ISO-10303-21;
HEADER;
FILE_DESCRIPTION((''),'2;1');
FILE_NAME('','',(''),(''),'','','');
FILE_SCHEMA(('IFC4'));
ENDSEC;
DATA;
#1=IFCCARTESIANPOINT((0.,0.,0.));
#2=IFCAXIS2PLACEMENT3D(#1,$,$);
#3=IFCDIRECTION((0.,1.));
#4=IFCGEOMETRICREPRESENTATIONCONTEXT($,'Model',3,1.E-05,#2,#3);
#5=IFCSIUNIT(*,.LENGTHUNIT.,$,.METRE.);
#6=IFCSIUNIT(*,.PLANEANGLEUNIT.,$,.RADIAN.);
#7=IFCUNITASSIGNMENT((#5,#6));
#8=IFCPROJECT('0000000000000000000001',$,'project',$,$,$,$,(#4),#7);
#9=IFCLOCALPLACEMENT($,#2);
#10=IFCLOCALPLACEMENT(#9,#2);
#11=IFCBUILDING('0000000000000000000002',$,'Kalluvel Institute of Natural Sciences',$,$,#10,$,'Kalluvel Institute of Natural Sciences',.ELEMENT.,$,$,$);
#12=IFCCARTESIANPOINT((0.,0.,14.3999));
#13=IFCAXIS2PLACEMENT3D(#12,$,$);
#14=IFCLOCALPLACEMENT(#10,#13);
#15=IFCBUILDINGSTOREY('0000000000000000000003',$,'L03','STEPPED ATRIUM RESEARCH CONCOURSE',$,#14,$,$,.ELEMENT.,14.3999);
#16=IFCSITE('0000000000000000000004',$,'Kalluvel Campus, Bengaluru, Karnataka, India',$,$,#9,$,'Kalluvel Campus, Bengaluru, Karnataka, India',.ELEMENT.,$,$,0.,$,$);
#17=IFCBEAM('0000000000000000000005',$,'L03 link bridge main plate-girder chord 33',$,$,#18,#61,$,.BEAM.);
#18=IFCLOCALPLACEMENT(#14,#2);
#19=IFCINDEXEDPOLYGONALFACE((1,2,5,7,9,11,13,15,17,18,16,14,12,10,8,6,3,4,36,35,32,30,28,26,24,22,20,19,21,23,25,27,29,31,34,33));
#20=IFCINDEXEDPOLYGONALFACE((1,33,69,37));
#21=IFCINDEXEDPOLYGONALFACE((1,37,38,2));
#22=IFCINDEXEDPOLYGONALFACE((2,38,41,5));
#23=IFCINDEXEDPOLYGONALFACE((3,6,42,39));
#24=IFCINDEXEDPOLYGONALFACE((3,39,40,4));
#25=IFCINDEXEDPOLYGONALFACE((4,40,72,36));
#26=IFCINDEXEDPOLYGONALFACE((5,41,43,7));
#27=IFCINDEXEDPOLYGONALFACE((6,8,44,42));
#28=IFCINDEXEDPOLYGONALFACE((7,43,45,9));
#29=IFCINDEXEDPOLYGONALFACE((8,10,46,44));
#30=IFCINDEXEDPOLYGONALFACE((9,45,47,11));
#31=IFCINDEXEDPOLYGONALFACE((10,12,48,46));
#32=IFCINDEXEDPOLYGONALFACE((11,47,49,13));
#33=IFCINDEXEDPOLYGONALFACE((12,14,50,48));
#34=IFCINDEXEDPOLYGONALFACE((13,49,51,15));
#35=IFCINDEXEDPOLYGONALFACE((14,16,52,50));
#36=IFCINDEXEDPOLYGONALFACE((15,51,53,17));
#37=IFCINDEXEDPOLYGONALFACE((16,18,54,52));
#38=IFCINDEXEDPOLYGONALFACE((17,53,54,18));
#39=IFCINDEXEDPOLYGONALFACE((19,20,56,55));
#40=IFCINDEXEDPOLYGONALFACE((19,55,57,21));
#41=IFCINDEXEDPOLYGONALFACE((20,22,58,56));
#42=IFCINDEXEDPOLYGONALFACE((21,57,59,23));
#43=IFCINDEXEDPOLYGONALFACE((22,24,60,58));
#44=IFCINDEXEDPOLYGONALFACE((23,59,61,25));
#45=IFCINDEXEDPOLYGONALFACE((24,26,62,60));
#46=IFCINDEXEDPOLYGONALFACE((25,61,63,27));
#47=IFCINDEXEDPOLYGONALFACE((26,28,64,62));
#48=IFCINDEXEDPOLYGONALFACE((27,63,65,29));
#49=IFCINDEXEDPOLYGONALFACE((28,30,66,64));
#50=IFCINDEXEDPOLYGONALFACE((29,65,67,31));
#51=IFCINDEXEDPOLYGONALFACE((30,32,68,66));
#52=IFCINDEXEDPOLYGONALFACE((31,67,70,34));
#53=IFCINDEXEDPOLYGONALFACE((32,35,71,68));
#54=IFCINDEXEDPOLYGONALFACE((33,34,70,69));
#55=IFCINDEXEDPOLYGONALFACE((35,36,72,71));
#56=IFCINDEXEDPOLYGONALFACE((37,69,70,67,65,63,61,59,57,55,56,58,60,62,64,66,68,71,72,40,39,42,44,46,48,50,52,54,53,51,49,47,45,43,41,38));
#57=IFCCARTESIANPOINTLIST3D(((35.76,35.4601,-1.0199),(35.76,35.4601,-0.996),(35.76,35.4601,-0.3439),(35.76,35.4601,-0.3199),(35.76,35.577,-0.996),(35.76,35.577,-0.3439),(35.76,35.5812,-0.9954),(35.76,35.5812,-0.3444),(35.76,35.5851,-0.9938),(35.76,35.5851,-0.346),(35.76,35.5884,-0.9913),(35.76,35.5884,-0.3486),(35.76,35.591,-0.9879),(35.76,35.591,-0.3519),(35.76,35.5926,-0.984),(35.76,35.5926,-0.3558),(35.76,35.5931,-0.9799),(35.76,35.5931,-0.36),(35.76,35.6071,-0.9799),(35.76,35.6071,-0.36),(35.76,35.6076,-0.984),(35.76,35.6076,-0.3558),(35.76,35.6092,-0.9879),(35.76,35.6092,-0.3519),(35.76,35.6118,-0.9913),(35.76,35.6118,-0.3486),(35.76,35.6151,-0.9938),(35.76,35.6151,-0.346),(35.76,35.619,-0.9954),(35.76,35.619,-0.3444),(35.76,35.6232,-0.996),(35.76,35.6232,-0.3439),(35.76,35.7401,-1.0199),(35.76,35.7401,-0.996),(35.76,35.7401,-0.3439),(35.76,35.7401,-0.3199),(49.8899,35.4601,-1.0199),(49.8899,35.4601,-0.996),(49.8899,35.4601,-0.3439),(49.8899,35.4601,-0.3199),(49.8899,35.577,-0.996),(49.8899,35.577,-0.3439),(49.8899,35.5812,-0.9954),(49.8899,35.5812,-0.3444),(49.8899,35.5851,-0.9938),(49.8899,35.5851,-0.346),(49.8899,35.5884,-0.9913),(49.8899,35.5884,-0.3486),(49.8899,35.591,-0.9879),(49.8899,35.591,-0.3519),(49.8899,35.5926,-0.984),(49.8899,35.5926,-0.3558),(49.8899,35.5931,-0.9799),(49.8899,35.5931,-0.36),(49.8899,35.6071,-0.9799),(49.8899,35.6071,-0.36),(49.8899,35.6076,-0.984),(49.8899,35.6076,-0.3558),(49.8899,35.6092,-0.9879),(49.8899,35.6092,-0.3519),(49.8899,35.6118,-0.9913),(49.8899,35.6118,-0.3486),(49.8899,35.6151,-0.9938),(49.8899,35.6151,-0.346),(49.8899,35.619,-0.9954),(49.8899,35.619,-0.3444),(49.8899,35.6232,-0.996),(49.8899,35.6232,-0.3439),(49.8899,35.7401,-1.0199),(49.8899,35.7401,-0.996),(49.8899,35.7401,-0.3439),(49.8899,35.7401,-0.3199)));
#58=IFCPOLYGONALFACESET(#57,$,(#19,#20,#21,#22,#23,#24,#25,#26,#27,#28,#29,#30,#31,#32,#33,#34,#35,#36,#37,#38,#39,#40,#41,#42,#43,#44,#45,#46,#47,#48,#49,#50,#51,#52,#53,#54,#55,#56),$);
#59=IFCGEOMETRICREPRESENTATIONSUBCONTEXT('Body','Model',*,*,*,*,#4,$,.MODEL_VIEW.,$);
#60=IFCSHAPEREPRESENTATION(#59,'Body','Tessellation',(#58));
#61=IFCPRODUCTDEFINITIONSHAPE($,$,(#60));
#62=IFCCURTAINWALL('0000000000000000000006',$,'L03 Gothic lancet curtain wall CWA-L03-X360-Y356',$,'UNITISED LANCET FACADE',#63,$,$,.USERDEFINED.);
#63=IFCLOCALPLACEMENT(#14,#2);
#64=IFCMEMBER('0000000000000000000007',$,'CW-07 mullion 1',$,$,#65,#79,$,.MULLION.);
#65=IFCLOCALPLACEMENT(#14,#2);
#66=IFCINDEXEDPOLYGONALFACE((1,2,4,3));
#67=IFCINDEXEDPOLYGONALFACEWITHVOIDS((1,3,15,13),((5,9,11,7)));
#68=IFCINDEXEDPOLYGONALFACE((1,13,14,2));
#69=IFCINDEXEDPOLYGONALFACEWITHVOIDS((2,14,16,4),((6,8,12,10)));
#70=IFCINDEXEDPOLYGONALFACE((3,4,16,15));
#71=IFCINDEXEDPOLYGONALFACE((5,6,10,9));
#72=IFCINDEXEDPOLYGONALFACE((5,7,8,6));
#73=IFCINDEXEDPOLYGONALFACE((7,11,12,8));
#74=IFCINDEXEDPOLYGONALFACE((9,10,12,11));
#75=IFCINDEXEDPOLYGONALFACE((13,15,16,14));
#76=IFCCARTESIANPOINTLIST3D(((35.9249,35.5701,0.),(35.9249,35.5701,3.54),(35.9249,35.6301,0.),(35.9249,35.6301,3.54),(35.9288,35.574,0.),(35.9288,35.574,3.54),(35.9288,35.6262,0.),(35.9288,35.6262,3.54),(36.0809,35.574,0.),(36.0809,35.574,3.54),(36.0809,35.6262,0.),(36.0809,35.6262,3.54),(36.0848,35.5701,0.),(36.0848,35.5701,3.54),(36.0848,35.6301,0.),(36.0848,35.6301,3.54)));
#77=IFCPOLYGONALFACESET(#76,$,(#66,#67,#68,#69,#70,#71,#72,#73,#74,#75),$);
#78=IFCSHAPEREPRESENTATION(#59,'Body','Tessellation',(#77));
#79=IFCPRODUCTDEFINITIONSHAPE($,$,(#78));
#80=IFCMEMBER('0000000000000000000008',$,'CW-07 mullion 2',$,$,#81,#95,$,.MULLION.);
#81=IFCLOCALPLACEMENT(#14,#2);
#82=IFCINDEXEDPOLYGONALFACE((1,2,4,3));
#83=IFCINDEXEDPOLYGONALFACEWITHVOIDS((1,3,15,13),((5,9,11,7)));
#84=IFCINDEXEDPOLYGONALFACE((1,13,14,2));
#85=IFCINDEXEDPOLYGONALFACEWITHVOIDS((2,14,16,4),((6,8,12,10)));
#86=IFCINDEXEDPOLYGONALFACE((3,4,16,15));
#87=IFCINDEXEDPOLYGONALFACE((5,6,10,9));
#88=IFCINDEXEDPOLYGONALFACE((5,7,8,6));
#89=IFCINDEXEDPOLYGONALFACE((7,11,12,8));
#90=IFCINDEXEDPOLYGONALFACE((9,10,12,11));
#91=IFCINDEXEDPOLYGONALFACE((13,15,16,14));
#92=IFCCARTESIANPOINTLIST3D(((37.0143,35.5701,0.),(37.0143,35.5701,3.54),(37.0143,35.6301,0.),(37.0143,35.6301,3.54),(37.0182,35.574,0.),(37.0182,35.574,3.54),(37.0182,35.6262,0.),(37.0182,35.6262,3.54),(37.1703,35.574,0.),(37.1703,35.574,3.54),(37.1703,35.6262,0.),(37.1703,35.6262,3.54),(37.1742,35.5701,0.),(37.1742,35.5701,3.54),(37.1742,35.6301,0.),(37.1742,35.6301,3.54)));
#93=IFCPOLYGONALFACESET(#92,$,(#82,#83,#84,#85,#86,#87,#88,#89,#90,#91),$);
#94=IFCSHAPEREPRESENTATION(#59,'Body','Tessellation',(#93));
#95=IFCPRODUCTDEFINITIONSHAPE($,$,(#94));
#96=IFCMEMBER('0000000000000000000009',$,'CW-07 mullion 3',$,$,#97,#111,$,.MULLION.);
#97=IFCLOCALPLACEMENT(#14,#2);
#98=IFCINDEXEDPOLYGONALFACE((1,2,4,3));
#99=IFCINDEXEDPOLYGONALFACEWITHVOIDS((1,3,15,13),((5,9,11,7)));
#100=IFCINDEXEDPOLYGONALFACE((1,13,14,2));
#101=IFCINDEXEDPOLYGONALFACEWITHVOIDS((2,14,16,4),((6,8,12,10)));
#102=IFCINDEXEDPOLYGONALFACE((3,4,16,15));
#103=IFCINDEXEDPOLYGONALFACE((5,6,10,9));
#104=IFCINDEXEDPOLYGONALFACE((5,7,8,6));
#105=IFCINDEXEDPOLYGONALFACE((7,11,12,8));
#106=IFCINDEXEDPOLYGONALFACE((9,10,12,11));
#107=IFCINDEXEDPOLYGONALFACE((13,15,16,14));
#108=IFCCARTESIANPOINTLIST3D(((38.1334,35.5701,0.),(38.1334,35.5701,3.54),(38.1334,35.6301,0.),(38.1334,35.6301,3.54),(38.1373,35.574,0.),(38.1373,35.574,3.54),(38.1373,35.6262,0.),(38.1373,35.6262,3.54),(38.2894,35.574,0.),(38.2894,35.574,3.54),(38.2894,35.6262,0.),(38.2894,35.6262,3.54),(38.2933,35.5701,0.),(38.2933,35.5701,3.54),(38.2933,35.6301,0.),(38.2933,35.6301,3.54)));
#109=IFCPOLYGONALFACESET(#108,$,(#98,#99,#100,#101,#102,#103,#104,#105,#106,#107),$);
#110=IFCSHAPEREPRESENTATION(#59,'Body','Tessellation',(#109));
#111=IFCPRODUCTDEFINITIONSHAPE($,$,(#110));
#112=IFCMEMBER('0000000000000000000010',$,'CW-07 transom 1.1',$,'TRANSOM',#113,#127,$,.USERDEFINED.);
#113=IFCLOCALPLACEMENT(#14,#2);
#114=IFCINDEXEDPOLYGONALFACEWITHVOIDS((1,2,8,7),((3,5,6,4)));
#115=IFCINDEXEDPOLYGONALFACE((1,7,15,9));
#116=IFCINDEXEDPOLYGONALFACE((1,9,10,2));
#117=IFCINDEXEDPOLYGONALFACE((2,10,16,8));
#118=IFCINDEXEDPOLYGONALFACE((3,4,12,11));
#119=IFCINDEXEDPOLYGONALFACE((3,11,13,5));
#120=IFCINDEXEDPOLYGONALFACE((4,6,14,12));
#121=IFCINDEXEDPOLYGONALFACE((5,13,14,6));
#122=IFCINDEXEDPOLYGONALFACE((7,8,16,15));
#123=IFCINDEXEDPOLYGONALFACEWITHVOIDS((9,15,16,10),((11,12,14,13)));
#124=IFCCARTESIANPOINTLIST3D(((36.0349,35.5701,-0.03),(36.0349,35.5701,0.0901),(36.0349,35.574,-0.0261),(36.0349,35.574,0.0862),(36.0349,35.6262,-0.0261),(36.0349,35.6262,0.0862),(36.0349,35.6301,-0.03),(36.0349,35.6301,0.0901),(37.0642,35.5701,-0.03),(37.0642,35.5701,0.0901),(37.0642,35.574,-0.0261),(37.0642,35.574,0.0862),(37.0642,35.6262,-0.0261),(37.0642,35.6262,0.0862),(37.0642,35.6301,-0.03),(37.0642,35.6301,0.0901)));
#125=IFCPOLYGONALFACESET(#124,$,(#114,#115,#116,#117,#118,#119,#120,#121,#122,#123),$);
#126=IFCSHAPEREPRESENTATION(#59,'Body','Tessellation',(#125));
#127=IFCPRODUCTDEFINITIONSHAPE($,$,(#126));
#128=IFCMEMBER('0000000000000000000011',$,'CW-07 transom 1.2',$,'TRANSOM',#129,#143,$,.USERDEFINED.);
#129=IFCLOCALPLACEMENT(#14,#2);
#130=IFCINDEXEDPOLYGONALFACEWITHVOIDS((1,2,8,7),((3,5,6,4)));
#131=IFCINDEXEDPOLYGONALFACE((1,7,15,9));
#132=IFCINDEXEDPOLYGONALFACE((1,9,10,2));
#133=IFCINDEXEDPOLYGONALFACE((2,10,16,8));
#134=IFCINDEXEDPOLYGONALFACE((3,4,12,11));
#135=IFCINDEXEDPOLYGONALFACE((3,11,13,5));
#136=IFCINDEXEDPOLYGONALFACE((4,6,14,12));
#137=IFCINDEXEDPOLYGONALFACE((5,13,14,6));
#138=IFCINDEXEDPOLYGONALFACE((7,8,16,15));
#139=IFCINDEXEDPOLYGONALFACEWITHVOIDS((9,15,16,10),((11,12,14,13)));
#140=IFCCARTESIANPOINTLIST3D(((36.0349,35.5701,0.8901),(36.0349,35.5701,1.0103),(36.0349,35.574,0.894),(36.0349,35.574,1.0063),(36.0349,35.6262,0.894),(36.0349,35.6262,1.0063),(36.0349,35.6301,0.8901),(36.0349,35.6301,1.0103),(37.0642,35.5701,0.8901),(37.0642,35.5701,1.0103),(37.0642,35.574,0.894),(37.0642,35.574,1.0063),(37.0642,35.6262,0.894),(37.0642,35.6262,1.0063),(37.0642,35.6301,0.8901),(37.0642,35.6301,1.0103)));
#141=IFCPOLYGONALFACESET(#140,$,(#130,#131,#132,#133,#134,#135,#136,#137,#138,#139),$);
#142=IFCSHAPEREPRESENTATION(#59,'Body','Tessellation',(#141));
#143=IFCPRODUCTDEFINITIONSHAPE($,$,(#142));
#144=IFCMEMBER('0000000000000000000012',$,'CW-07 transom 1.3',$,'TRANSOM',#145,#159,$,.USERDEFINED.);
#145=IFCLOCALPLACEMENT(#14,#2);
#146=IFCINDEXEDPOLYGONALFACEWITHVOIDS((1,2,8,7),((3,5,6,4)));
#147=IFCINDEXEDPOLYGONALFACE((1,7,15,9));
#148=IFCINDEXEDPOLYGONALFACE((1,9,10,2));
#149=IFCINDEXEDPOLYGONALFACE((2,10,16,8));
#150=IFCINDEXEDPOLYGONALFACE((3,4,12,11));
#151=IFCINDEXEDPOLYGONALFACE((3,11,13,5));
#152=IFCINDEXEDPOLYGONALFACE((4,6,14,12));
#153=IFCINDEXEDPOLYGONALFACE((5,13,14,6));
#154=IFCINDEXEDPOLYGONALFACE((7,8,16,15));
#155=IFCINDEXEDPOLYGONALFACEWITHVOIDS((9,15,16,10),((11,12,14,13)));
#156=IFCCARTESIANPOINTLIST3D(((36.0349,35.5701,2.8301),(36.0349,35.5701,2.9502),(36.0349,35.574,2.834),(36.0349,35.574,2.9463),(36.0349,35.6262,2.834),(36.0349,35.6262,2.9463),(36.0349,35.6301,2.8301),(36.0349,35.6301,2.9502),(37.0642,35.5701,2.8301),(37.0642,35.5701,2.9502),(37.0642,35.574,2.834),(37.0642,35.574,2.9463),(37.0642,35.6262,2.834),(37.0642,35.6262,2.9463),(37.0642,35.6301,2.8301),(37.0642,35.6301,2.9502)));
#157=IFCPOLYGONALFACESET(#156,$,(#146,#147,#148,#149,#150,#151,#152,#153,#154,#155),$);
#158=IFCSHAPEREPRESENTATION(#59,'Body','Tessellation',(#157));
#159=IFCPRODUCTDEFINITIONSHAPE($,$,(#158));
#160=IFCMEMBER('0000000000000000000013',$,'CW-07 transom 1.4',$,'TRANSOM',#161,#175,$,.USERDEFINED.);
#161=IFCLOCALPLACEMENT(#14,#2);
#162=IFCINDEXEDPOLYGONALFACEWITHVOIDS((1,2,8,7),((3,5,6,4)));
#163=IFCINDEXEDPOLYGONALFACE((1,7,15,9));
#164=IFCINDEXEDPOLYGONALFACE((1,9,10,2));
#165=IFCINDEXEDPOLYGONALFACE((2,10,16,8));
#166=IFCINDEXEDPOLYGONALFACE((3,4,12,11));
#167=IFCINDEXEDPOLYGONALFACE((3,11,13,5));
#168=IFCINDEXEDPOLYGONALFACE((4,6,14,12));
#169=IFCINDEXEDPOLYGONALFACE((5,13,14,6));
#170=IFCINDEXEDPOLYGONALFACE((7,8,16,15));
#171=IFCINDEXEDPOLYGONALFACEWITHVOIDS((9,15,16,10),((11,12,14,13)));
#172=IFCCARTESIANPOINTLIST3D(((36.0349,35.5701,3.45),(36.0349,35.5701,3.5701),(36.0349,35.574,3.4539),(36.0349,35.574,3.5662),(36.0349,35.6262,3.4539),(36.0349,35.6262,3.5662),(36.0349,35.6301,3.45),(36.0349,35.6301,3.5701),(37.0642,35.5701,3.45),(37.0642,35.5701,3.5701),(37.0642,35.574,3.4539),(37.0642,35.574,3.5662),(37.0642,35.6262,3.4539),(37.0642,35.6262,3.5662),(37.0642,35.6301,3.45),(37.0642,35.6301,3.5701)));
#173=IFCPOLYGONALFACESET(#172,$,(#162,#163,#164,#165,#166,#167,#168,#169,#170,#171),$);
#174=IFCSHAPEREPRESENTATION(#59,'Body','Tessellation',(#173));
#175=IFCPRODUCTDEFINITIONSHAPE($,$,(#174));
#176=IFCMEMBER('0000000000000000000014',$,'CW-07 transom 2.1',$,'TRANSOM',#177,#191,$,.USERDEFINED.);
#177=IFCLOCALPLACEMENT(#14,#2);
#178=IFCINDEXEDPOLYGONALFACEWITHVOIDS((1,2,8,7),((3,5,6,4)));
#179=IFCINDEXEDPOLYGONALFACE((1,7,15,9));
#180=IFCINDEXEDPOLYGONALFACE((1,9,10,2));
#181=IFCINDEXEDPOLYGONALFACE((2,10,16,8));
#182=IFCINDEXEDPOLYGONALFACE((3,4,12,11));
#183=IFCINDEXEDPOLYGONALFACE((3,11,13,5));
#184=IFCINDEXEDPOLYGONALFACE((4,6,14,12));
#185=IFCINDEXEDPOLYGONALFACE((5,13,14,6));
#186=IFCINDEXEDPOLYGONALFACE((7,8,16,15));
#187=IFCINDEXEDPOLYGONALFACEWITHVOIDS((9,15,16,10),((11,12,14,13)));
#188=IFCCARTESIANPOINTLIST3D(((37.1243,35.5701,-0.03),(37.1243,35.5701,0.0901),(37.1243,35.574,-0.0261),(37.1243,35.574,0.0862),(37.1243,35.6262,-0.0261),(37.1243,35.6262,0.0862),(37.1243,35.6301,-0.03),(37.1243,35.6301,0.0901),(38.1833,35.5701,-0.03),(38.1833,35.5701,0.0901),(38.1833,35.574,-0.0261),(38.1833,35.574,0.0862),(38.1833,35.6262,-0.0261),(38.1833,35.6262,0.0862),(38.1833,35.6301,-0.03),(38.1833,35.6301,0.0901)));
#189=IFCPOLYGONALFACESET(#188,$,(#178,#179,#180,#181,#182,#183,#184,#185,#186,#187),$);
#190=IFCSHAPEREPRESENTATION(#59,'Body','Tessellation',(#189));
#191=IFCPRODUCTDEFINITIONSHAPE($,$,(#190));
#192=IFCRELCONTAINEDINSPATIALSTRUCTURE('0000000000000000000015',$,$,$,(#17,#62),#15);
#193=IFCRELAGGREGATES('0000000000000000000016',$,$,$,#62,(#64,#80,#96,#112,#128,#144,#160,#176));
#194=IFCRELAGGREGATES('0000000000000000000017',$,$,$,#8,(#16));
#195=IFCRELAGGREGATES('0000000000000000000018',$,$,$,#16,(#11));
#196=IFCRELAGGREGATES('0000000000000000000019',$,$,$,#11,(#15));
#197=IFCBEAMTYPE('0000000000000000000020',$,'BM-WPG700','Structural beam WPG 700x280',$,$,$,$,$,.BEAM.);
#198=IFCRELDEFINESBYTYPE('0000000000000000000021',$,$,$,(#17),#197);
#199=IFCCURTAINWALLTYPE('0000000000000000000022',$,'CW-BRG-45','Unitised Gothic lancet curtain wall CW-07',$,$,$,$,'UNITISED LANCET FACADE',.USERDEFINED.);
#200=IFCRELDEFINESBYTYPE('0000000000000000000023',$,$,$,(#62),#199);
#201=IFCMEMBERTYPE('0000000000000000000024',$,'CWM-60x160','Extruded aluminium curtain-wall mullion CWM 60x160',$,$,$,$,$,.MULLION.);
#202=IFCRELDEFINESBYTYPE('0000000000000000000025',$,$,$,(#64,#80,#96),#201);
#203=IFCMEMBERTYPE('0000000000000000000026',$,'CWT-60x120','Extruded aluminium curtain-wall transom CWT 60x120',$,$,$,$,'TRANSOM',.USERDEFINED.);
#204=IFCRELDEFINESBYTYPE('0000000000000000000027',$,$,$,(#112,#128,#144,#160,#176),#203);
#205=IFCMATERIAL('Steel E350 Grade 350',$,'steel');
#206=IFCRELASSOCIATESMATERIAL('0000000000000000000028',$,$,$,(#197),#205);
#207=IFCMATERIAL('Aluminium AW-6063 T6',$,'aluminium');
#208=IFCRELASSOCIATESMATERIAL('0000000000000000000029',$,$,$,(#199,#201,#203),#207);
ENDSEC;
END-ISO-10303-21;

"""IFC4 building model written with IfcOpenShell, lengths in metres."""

from ifc_helpers import new_model, si_unit, direction, frame, origin, origin_2d, place, context, subcontext, project, spatial, hollow_rectangle, i_section, extrude, material, material_profile, profile_set, type_object, element, aggregate, save


model = new_model("IFC4")

# Units and contexts
model_context = context("Model", 3, precision=1e-05, world=origin(), true_north=direction((0.0, 1.0)))
body_context = subcontext(model_context, "Body", "Model", "MODEL_VIEW")
ifc_project = project(units=[si_unit("LENGTHUNIT", "METRE"), si_unit("PLANEANGLEUNIT", "RADIAN")], contexts=[model_context])

# Site, building, storey
site_placement = place(None, origin())
site = spatial("IfcSite", under=ifc_project, at=site_placement, Name="Kalluvel Campus, Bengaluru, Karnataka, India", LongName="Kalluvel Campus, Bengaluru, Karnataka, India", CompositionType="ELEMENT", RefElevation=0.0)
building_placement = place(site_placement, origin())
building = spatial("IfcBuilding", under=site, at=building_placement, Name="Kalluvel Institute of Natural Sciences", LongName="Kalluvel Institute of Natural Sciences", CompositionType="ELEMENT")
storey_placement = place(building_placement, frame((0.0, 0.0, 14.3999)))
storey = spatial("IfcBuildingStorey", under=building, at=storey_placement, Name="L03", Description="STEPPED ATRIUM RESEARCH CONCOURSE", CompositionType="ELEMENT", Elevation=14.3999)

# Beam
ifc_material_1 = material(Name="Steel E350 Grade 350", Category="steel")
ifc_material_profile_1 = material_profile(ifc_material_1, i_section(OverallWidth=0.28, OverallDepth=0.7, WebThickness=0.0139, FlangeThickness=0.0239, FilletRadius=0.0161, at=origin_2d()), Name="WPG 700x280")
ifc_profile_set_1 = profile_set([ifc_material_profile_1], Name="Steel E350 Grade 350")
beam_type = type_object("IfcBeamType", Name="BM-WPG700", Description="Structural beam WPG 700x280", PredefinedType="BEAM", material=ifc_profile_set_1)
beam_placement = place(storey_placement, frame((35.76, 35.6001, -0.6699), z_axis=(1.0, 0.0, 0.0), x_axis=(0.0, 1.0, 0.0)))
element("IfcBeam", 1, at=beam_placement, inside=storey, type_object=beam_type, Name="L03 link bridge main plate-girder chord 33", PredefinedType="BEAM", context=body_context, shape_type="SweptSolid", body=[
    extrude(i_section(OverallWidth=0.28, OverallDepth=0.7, WebThickness=0.0139, FlangeThickness=0.0239, FilletRadius=0.0161, at=origin_2d()), origin(), (0.0, 0.0, 1.0), 14.1299),
])

# Curtain wall, members
ifc_material_2 = material(Name="Aluminium AW-6063 T6", Category="aluminium")
curtain_wall_type = type_object("IfcCurtainWallType", Name="CW-BRG-45", Description="Unitised Gothic lancet curtain wall CW-07", ElementType="UNITISED LANCET FACADE", PredefinedType="USERDEFINED", material=ifc_material_2)
curtain_wall_placement = place(storey_placement, origin())
curtain_wall = element("IfcCurtainWall", 2, at=curtain_wall_placement, inside=storey, type_object=curtain_wall_type, Name="L03 Gothic lancet curtain wall CWA-L03-X360-Y356", ObjectType="UNITISED LANCET FACADE", PredefinedType="USERDEFINED")
ifc_material_profile_2 = material_profile(ifc_material_2, hollow_rectangle(XDim=0.0601, YDim=0.1599, WallThickness=0.0039, at=origin_2d()), Name="CWM 60x160")
ifc_profile_set_2 = profile_set([ifc_material_profile_2], Name="Aluminium AW-6063 T6")
member_type_1 = type_object("IfcMemberType", Name="CWM-60x160", Description="Extruded aluminium curtain-wall mullion CWM 60x160", PredefinedType="MULLION", material=ifc_profile_set_2)
member_1_placement = place(storey_placement, frame((36.0049, 35.6001, 0.0), z_axis=(0.0, 0.0, 1.0), x_axis=(0.0, 1.0, 0.0)))
member_1 = element("IfcMember", 3, at=member_1_placement, type_object=member_type_1, Name="CW-07 mullion 1", PredefinedType="MULLION", context=body_context, shape_type="SweptSolid", body=[
    extrude(hollow_rectangle(XDim=0.0601, YDim=0.1599, WallThickness=0.0039, at=origin_2d()), origin(), (0.0, 0.0, 1.0), 3.54),
])
member_2_placement = place(storey_placement, frame((37.0942, 35.6001, 0.0), z_axis=(0.0, 0.0, 1.0), x_axis=(0.0, 1.0, 0.0)))
member_2 = element("IfcMember", 4, at=member_2_placement, type_object=member_type_1, Name="CW-07 mullion 2", PredefinedType="MULLION", context=body_context, shape_type="SweptSolid", body=[
    extrude(hollow_rectangle(XDim=0.0601, YDim=0.1599, WallThickness=0.0039, at=origin_2d()), origin(), (0.0, 0.0, 1.0), 3.54),
])
member_3_placement = place(storey_placement, frame((38.2134, 35.6001, 0.0), z_axis=(0.0, 0.0, 1.0), x_axis=(0.0, 1.0, 0.0)))
member_3 = element("IfcMember", 5, at=member_3_placement, type_object=member_type_1, Name="CW-07 mullion 3", PredefinedType="MULLION", context=body_context, shape_type="SweptSolid", body=[
    extrude(hollow_rectangle(XDim=0.0601, YDim=0.1599, WallThickness=0.0039, at=origin_2d()), origin(), (0.0, 0.0, 1.0), 3.54),
])
ifc_material_profile_3 = material_profile(ifc_material_2, hollow_rectangle(XDim=0.0601, YDim=0.1201, WallThickness=0.0039, at=origin_2d()), Name="CWT 60x120")
ifc_profile_set_3 = profile_set([ifc_material_profile_3], Name="Aluminium AW-6063 T6")
member_type_2 = type_object("IfcMemberType", Name="CWT-60x120", Description="Extruded aluminium curtain-wall transom CWT 60x120", ElementType="TRANSOM", PredefinedType="USERDEFINED", material=ifc_profile_set_3)
member_4_placement = place(storey_placement, frame((36.0349, 35.6001, 0.03), z_axis=(1.0, 0.0, 0.0), x_axis=(0.0, 1.0, 0.0)))
member_4 = element("IfcMember", 6, at=member_4_placement, type_object=member_type_2, Name="CW-07 transom 1.1", ObjectType="TRANSOM", PredefinedType="USERDEFINED", context=body_context, shape_type="SweptSolid", body=[
    extrude(hollow_rectangle(XDim=0.0601, YDim=0.1201, WallThickness=0.0039, at=origin_2d()), origin(), (0.0, 0.0, 1.0), 1.0293),
])
member_5_placement = place(storey_placement, frame((36.0349, 35.6001, 0.9502), z_axis=(1.0, 0.0, 0.0), x_axis=(0.0, 1.0, 0.0)))
member_5 = element("IfcMember", 7, at=member_5_placement, type_object=member_type_2, Name="CW-07 transom 1.2", ObjectType="TRANSOM", PredefinedType="USERDEFINED", context=body_context, shape_type="SweptSolid", body=[
    extrude(hollow_rectangle(XDim=0.0601, YDim=0.1201, WallThickness=0.0039, at=origin_2d()), origin(), (0.0, 0.0, 1.0), 1.0293),
])
member_6_placement = place(storey_placement, frame((36.0349, 35.6001, 2.8901), z_axis=(1.0, 0.0, 0.0), x_axis=(0.0, 1.0, 0.0)))
member_6 = element("IfcMember", 8, at=member_6_placement, type_object=member_type_2, Name="CW-07 transom 1.3", ObjectType="TRANSOM", PredefinedType="USERDEFINED", context=body_context, shape_type="SweptSolid", body=[
    extrude(hollow_rectangle(XDim=0.0601, YDim=0.1201, WallThickness=0.0039, at=origin_2d()), origin(), (0.0, 0.0, 1.0), 1.0293),
])
member_7_placement = place(storey_placement, frame((36.0349, 35.6001, 3.51), z_axis=(1.0, 0.0, 0.0), x_axis=(0.0, 1.0, 0.0)))
member_7 = element("IfcMember", 9, at=member_7_placement, type_object=member_type_2, Name="CW-07 transom 1.4", ObjectType="TRANSOM", PredefinedType="USERDEFINED", context=body_context, shape_type="SweptSolid", body=[
    extrude(hollow_rectangle(XDim=0.0601, YDim=0.1201, WallThickness=0.0039, at=origin_2d()), origin(), (0.0, 0.0, 1.0), 1.0293),
])
member_8_placement = place(storey_placement, frame((37.1243, 35.6001, 0.03), z_axis=(1.0, 0.0, 0.0), x_axis=(0.0, 1.0, 0.0)))
member_8 = element("IfcMember", 10, at=member_8_placement, type_object=member_type_2, Name="CW-07 transom 2.1", ObjectType="TRANSOM", PredefinedType="USERDEFINED", context=body_context, shape_type="SweptSolid", body=[
    extrude(hollow_rectangle(XDim=0.0601, YDim=0.1201, WallThickness=0.0039, at=origin_2d()), origin(), (0.0, 0.0, 1.0), 1.0591),
])
aggregate(curtain_wall, [member_1, member_2, member_3, member_4, member_5, member_6, member_7, member_8])

save(model, "model.ifc")
